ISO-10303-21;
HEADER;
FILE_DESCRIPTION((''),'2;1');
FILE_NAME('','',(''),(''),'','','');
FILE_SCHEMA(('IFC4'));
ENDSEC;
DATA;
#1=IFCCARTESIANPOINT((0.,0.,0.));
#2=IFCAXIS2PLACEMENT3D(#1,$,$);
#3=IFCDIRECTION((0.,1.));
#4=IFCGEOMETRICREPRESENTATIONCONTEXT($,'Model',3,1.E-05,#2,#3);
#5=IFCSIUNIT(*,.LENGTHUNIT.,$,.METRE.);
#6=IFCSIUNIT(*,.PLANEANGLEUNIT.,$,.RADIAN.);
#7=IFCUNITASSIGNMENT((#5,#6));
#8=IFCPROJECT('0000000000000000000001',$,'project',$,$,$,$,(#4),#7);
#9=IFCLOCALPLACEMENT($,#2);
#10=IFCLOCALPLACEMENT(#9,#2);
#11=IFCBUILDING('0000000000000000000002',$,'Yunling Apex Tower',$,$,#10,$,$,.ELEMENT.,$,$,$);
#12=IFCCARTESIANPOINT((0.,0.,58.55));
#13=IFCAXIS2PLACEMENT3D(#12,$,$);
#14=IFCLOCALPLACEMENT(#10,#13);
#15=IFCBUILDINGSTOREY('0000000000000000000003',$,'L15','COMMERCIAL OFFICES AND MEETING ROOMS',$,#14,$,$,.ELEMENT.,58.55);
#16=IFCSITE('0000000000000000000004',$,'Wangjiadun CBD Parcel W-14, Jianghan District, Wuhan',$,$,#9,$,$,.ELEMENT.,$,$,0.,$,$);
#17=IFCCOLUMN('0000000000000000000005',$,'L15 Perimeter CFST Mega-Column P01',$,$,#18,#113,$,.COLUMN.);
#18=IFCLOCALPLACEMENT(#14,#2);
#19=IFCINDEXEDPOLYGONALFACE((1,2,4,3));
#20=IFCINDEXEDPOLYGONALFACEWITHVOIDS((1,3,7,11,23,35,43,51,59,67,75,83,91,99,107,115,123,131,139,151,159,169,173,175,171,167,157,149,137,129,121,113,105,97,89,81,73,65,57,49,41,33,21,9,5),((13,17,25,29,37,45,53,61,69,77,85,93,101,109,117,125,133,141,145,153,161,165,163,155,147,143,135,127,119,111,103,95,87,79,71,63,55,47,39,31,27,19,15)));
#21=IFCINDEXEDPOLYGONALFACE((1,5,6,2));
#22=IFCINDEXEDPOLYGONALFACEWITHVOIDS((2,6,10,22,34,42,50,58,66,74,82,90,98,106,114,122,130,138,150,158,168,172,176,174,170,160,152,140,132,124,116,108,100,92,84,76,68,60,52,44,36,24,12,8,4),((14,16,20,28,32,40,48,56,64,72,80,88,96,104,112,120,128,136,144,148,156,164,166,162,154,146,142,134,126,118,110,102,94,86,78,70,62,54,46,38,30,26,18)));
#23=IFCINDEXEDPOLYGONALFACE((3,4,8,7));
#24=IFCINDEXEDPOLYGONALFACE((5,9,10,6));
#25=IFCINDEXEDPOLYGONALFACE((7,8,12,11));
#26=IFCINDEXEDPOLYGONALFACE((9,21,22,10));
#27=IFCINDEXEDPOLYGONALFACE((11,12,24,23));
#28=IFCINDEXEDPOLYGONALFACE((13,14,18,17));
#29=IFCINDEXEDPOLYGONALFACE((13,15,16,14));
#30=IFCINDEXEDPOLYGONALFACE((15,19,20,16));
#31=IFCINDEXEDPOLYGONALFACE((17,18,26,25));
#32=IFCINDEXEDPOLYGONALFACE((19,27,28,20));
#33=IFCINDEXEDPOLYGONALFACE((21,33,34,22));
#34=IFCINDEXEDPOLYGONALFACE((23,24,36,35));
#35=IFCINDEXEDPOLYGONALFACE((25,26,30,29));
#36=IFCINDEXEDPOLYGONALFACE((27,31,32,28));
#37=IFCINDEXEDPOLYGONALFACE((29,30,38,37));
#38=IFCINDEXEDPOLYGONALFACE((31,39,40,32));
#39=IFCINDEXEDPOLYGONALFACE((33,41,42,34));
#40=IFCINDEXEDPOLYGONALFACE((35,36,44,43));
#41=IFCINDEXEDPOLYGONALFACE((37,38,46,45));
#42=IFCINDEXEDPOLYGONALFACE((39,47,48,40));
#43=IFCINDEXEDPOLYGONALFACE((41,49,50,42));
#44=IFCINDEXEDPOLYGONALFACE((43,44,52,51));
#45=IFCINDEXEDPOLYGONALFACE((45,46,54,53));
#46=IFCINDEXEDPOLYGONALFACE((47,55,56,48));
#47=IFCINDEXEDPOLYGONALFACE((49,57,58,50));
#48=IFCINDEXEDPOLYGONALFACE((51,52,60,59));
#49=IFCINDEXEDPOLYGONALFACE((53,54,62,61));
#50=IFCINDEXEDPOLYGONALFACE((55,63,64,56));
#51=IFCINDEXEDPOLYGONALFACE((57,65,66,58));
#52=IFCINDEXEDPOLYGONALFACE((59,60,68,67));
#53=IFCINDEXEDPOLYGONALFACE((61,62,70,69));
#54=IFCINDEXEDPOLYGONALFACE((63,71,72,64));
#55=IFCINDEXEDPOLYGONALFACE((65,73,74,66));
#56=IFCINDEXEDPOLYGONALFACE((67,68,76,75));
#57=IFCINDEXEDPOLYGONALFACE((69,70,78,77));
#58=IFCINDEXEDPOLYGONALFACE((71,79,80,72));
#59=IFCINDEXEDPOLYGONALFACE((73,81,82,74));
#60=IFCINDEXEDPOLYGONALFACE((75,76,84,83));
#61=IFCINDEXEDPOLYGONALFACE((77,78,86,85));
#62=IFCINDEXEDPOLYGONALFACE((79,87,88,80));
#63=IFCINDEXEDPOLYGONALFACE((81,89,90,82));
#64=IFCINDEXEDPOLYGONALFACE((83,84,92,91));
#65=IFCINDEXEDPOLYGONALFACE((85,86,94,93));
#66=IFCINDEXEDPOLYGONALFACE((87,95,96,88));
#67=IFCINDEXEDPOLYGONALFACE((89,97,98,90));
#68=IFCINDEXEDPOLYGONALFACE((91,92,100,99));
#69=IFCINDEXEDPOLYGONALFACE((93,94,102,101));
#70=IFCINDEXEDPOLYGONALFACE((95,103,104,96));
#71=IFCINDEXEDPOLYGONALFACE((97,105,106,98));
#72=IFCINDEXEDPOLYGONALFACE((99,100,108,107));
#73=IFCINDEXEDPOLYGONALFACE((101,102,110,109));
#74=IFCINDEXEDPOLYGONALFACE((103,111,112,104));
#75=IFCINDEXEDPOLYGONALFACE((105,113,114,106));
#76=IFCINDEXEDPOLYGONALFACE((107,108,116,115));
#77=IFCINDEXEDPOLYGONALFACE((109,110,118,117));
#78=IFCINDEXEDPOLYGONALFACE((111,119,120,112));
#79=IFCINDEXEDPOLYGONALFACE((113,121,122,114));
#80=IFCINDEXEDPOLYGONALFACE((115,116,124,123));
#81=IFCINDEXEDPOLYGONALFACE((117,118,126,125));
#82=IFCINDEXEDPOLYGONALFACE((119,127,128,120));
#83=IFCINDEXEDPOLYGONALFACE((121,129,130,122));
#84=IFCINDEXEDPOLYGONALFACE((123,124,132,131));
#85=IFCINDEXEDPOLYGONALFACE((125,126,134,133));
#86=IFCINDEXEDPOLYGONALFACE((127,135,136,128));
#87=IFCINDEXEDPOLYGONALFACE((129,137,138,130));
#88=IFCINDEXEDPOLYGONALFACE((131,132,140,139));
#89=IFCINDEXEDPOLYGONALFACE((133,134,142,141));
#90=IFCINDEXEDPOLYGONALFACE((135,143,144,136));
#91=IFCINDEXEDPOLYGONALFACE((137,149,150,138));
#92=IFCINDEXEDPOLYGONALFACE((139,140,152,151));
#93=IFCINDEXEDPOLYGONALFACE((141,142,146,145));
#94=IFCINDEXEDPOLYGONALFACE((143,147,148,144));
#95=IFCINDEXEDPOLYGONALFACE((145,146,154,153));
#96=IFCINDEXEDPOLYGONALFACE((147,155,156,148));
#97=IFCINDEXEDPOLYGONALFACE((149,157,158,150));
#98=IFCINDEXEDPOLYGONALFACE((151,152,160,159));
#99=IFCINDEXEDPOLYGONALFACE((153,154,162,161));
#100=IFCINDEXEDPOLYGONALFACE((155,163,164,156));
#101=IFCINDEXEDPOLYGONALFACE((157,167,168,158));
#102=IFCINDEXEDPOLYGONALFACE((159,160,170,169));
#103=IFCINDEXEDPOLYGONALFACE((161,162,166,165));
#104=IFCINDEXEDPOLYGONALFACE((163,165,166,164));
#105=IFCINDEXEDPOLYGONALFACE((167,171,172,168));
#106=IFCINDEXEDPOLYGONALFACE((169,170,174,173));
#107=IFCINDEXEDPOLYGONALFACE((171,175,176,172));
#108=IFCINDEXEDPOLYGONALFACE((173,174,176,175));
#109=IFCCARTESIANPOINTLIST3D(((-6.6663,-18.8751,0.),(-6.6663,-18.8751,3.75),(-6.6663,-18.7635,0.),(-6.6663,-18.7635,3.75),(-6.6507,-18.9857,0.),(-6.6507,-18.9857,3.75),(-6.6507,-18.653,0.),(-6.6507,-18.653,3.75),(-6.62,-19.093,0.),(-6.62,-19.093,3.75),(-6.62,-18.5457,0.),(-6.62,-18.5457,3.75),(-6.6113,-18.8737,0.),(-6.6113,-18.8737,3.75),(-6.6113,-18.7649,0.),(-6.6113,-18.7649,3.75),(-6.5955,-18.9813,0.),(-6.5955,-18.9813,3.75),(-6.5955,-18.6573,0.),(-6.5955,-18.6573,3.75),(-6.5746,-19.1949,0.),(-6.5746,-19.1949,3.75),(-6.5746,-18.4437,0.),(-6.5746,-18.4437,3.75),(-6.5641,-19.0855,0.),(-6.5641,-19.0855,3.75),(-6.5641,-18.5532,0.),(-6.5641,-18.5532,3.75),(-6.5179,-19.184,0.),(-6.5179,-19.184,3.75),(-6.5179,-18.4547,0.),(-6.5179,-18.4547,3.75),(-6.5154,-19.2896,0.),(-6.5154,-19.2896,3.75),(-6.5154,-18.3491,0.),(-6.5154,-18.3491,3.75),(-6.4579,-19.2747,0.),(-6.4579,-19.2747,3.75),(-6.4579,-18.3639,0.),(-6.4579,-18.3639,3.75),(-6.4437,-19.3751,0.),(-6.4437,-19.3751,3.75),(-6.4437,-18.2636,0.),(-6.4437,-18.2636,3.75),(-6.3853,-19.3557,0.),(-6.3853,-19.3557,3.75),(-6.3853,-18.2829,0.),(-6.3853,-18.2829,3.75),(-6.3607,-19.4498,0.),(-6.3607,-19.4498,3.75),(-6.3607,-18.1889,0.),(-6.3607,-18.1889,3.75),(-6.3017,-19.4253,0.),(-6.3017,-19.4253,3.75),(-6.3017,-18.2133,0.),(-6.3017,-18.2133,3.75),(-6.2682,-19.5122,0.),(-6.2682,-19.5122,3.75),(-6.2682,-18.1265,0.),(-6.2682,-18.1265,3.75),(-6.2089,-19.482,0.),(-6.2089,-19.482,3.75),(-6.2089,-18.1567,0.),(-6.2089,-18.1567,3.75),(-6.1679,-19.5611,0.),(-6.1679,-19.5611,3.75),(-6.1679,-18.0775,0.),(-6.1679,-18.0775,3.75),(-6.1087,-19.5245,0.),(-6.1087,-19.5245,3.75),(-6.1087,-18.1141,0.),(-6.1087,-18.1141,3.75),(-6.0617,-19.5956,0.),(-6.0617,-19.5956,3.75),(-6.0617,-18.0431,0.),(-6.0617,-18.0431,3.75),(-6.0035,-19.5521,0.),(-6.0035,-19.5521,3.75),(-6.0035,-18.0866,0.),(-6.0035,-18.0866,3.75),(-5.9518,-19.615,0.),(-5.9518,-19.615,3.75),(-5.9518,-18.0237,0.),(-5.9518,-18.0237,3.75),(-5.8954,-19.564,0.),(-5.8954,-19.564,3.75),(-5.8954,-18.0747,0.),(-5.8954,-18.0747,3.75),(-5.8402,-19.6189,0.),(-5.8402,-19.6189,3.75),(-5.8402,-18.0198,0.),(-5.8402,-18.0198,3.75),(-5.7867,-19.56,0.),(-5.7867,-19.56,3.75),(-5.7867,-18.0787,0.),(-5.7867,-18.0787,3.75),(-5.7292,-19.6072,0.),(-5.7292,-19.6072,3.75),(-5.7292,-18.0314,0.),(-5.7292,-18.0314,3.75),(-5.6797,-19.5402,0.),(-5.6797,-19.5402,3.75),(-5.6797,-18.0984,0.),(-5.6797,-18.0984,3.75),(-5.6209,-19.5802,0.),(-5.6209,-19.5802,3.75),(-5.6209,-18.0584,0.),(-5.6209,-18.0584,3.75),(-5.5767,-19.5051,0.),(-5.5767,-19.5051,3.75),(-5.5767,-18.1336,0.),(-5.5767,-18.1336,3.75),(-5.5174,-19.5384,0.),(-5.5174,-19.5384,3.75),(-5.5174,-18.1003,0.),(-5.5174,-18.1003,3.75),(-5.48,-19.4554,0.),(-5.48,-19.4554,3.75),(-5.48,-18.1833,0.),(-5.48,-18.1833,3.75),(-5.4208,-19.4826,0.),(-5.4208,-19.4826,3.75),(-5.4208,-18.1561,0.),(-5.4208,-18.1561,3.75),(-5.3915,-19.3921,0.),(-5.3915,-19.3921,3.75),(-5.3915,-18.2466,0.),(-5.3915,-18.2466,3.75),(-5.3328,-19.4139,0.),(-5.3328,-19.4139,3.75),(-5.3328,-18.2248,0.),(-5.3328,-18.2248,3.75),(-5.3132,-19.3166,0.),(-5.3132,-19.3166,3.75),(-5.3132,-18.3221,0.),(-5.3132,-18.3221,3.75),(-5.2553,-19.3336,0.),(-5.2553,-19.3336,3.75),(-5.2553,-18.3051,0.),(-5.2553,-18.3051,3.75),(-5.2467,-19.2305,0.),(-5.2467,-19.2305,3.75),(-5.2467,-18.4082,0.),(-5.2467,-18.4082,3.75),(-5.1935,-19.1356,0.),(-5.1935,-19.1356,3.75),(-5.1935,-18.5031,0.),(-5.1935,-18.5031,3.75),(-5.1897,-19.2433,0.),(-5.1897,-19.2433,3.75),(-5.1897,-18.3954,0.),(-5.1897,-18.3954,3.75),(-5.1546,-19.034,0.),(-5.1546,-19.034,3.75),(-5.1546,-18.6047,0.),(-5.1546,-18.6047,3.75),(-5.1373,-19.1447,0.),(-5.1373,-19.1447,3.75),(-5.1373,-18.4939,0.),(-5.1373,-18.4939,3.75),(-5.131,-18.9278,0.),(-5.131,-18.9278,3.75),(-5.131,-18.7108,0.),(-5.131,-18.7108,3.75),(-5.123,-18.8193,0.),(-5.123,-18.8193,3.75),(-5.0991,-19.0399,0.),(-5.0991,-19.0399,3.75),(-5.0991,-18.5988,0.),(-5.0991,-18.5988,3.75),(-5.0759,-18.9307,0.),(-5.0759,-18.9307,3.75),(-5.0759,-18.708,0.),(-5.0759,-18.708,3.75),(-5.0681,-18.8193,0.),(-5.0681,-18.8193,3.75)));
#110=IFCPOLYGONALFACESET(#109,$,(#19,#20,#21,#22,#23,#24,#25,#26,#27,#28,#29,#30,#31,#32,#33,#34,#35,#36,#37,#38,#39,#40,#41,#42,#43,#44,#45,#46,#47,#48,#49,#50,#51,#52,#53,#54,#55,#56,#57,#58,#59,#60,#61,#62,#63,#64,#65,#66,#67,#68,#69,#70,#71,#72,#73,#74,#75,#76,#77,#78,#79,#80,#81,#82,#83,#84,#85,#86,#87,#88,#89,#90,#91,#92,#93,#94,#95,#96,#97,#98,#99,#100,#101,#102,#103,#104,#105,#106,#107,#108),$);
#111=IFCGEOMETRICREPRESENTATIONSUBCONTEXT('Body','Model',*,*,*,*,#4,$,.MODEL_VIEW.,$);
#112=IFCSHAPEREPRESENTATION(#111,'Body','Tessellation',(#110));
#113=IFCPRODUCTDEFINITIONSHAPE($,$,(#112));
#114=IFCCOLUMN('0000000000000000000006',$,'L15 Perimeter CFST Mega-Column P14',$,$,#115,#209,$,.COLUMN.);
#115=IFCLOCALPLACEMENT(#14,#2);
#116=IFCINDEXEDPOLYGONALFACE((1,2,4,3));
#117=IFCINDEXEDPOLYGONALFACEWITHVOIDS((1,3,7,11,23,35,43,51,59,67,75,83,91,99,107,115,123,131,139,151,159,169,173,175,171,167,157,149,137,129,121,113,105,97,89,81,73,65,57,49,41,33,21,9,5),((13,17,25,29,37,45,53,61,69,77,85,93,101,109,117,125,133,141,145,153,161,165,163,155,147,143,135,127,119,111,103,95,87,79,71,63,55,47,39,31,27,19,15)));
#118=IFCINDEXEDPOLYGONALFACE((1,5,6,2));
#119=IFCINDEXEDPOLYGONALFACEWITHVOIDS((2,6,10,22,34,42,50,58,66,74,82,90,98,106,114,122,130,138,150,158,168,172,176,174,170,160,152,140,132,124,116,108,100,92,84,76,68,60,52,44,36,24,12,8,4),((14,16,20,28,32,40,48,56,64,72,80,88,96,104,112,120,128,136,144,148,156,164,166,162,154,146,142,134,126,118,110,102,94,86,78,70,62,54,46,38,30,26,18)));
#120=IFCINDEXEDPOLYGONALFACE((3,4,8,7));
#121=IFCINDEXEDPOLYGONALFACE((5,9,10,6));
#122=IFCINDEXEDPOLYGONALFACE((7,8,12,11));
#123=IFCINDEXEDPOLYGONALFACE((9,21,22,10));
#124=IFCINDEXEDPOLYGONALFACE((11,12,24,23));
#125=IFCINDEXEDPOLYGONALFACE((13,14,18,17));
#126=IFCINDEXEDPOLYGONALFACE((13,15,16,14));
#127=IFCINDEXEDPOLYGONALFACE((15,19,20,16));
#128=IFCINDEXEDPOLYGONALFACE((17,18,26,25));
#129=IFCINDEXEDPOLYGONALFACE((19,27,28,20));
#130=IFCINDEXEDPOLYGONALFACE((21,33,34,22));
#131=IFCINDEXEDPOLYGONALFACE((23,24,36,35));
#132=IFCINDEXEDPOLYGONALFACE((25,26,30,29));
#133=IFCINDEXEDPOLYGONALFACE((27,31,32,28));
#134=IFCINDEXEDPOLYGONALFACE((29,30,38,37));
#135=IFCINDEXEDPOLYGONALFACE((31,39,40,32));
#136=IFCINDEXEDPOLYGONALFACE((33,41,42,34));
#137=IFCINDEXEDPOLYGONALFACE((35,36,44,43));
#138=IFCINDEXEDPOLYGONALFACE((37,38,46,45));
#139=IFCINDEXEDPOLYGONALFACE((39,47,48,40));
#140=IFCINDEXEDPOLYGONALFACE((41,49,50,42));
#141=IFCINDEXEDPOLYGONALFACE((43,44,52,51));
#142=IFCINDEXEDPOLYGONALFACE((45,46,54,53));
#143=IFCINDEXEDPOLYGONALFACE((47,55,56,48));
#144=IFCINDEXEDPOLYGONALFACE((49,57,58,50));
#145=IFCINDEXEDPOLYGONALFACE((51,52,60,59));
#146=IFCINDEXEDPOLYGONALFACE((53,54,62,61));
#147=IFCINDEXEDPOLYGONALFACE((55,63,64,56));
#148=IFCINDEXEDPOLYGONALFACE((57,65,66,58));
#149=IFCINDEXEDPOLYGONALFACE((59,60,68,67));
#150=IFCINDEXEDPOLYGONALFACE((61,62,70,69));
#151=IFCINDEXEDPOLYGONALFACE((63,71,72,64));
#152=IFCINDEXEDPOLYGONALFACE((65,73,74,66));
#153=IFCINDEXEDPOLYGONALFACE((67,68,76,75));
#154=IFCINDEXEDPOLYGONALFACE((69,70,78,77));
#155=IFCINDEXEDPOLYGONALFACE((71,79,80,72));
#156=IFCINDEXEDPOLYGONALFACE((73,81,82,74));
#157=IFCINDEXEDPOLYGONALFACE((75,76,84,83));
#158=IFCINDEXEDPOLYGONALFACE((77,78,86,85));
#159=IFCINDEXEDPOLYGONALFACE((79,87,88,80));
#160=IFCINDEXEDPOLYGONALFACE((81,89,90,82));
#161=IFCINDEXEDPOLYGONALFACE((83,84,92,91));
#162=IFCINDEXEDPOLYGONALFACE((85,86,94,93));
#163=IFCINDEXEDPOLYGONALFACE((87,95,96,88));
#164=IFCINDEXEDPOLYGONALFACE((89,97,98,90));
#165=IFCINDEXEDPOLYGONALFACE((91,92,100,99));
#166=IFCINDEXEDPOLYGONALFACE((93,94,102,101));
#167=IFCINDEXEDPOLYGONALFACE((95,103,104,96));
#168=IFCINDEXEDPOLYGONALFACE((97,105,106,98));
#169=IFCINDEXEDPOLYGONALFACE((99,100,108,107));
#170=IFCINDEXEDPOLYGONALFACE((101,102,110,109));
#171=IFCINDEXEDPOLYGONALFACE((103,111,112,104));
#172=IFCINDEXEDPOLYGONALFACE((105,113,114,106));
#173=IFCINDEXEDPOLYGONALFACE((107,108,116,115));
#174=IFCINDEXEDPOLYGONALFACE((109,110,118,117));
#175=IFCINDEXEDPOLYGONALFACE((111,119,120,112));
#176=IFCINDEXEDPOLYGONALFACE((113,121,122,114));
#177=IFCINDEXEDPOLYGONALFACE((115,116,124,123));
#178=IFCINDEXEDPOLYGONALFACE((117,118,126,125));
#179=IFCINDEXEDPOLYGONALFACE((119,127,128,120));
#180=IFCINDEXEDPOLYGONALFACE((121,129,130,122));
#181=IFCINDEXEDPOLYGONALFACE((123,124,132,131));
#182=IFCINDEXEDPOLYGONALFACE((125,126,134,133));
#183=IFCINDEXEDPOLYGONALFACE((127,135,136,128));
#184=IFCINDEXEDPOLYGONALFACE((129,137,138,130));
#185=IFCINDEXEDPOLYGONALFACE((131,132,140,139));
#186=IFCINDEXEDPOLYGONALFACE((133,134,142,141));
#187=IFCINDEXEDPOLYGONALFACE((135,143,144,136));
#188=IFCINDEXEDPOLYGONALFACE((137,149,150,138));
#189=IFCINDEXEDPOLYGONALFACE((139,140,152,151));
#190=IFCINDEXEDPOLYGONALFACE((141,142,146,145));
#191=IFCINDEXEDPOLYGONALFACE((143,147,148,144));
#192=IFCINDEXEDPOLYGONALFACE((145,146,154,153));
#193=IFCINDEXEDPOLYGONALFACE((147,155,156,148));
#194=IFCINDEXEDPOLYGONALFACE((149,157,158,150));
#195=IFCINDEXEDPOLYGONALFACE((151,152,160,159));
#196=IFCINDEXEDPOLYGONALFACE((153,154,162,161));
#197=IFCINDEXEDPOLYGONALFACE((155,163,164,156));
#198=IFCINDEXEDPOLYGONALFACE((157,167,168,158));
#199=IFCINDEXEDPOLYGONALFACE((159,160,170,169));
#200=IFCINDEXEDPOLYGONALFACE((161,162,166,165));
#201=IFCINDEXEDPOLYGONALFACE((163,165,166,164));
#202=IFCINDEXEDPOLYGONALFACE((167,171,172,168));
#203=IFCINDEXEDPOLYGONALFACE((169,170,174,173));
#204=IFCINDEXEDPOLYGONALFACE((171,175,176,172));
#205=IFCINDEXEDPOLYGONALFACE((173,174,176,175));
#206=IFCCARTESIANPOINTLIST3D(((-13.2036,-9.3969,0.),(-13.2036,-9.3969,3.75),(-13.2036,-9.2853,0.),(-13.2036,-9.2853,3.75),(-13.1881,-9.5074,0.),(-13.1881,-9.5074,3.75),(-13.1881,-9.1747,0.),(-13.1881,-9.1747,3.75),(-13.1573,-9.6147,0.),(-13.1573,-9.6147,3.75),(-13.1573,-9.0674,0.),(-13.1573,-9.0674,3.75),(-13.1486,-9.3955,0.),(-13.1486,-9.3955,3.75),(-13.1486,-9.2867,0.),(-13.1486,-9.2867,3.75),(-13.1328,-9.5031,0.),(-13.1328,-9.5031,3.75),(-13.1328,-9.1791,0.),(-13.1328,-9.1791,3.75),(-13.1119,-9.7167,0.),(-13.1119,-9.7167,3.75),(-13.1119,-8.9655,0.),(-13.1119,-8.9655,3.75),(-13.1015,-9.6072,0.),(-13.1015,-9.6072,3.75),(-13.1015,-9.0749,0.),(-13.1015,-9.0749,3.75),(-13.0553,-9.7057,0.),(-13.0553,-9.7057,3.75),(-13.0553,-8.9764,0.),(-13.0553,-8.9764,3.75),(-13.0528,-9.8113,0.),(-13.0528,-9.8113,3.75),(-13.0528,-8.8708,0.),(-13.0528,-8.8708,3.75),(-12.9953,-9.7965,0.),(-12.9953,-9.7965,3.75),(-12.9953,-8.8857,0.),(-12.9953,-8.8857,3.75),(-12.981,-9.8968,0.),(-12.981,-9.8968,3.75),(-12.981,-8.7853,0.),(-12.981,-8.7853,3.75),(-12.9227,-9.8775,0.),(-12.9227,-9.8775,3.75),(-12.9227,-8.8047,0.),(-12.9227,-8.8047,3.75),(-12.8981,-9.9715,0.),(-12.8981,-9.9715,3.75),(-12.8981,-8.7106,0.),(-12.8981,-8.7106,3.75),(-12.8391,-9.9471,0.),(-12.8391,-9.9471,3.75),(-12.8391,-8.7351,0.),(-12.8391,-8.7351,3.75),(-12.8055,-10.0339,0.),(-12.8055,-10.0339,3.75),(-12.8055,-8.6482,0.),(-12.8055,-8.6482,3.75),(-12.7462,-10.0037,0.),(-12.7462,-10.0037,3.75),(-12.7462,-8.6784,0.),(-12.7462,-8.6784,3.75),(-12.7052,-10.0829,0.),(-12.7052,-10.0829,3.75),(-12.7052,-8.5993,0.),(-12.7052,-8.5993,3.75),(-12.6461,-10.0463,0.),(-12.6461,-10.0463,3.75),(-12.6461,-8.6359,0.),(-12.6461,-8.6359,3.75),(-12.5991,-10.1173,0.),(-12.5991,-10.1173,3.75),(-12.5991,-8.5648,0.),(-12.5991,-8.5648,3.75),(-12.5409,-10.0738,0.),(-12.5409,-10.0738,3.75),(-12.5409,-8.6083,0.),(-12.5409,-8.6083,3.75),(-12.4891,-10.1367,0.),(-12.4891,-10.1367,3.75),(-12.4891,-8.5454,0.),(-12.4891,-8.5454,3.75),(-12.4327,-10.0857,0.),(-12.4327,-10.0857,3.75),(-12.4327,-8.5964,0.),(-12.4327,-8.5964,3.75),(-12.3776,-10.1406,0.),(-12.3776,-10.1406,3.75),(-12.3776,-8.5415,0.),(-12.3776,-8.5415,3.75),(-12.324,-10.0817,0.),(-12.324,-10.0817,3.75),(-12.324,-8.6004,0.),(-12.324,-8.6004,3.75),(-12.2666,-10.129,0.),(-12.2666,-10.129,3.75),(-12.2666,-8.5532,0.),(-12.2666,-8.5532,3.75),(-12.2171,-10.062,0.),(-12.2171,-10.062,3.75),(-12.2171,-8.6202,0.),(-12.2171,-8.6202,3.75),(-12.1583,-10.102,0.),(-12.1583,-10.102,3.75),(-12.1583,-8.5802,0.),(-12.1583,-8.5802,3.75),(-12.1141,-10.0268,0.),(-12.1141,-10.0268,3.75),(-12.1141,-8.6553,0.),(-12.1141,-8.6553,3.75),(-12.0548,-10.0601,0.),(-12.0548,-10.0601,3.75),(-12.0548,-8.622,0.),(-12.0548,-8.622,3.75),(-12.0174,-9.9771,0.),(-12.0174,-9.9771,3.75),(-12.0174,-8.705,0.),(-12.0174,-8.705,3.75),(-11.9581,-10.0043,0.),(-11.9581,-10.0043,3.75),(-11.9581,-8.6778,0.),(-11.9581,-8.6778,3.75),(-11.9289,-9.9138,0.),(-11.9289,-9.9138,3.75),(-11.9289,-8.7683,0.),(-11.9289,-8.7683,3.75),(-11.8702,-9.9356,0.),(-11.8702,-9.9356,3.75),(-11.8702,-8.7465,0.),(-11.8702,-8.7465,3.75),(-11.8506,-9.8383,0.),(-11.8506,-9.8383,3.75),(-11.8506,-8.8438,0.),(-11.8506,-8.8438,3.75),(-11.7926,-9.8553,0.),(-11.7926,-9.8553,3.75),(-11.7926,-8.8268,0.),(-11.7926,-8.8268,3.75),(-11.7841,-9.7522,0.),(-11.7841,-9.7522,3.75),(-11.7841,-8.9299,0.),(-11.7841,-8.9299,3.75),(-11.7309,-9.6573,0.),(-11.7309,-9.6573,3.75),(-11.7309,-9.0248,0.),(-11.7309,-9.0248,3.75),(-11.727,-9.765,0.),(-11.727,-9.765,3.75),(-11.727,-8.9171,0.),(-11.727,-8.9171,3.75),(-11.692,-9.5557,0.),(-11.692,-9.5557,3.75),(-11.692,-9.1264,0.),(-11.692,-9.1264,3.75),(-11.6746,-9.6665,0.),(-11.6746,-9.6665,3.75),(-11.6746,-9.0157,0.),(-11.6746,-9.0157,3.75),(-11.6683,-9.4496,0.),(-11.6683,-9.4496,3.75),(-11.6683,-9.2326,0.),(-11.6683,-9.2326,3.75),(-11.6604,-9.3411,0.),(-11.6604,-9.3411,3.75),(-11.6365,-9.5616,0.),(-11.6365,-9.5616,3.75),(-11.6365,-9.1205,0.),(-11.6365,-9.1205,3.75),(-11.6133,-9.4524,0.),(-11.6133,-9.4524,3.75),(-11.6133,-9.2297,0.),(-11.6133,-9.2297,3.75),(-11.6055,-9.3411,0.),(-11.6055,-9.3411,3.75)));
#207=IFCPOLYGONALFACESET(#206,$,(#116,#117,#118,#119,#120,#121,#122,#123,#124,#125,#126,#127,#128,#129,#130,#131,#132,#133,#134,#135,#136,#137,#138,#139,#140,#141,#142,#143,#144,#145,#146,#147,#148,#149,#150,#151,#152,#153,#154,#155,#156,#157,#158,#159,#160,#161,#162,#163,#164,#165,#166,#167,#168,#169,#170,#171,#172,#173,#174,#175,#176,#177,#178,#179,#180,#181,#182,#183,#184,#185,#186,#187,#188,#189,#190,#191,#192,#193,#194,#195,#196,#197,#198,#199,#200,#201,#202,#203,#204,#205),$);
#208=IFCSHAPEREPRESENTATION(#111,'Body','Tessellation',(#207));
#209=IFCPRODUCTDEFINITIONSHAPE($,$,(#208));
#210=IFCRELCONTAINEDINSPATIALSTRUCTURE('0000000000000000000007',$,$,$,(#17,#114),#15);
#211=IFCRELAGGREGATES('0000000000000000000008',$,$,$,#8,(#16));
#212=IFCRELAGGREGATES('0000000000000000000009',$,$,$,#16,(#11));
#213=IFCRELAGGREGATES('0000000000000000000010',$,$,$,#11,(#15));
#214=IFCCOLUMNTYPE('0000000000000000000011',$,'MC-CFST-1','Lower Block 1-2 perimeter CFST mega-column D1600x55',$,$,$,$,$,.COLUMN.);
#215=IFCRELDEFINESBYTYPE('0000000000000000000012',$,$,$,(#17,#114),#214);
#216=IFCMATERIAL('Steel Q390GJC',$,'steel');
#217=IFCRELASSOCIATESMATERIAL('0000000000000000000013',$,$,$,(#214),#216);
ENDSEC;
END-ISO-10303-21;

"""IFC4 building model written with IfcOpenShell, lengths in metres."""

from ifc_helpers import new_model, si_unit, direction, frame, origin, origin_2d, place, context, subcontext, project, spatial, hollow_circle, extrude, source, transform, mapped, material, material_profile, profile_set, type_object, element, save


model = new_model("IFC4")

# Units and contexts
model_context = context("Model", 3, precision=1e-05, world=origin(), true_north=direction((0.0, 1.0)))
body_context = subcontext(model_context, "Body", "Model", "MODEL_VIEW")
ifc_project = project(units=[si_unit("LENGTHUNIT", "METRE"), si_unit("PLANEANGLEUNIT", "RADIAN")], contexts=[model_context])

# Site, building, storey
site_placement = place(None, origin())
site = spatial("IfcSite", under=ifc_project, at=site_placement, Name="Wangjiadun CBD Parcel W-14, Jianghan District, Wuhan", CompositionType="ELEMENT", RefElevation=0.0)
building_placement = place(site_placement, origin())
building = spatial("IfcBuilding", under=site, at=building_placement, Name="Yunling Apex Tower", CompositionType="ELEMENT")
storey_placement = place(building_placement, frame((0.0, 0.0, 58.55)))
storey = spatial("IfcBuildingStorey", under=building, at=storey_placement, Name="L15", Description="COMMERCIAL OFFICES AND MEETING ROOMS", CompositionType="ELEMENT", Elevation=58.55)

# Columns
ifc_material_1 = material(Name="Steel Q390GJC", Category="steel")
ifc_material_profile_1 = material_profile(ifc_material_1, hollow_circle(Radius=0.8, WallThickness=0.0549, at=origin_2d()))
ifc_profile_set_1 = profile_set([ifc_material_profile_1], Name="Steel Q390GJC")
column_type = type_object("IfcColumnType", Name="MC-CFST-1", Description="Lower Block 1-2 perimeter CFST mega-column D1600x55", PredefinedType="COLUMN", material=ifc_profile_set_1)
shared_shape_1 = source(origin(), body_context, "Body", "SweptSolid", [
    extrude(hollow_circle(Radius=0.8, WallThickness=0.0549, at=origin_2d()), origin(), (0.0, 0.0, 1.0), 3.75),
])
for number, where, z_axis, x_axis, name in (
    (1, (-5.8682, -18.8193, 0.0), (0.0, 0.0, 1.0), (1.0, 0.0, 0.0), "L15 Perimeter CFST Mega-Column P01"),
    (2, (-12.4055, -9.3411, 0.0), (0.0, 0.0, 1.0), (1.0, 0.0, 0.0), "L15 Perimeter CFST Mega-Column P14"),
):
    element("IfcColumn", number, at=place(storey_placement, frame(where, z_axis=z_axis, x_axis=x_axis)), inside=storey, type_object=column_type, Name=name, PredefinedType="COLUMN", context=body_context, shape_type="MappedRepresentation", body=[
        mapped(shared_shape_1, transform((0.0, 0.0, 0.0), scale=1.0)),
    ])

save(model, "model.ifc")
